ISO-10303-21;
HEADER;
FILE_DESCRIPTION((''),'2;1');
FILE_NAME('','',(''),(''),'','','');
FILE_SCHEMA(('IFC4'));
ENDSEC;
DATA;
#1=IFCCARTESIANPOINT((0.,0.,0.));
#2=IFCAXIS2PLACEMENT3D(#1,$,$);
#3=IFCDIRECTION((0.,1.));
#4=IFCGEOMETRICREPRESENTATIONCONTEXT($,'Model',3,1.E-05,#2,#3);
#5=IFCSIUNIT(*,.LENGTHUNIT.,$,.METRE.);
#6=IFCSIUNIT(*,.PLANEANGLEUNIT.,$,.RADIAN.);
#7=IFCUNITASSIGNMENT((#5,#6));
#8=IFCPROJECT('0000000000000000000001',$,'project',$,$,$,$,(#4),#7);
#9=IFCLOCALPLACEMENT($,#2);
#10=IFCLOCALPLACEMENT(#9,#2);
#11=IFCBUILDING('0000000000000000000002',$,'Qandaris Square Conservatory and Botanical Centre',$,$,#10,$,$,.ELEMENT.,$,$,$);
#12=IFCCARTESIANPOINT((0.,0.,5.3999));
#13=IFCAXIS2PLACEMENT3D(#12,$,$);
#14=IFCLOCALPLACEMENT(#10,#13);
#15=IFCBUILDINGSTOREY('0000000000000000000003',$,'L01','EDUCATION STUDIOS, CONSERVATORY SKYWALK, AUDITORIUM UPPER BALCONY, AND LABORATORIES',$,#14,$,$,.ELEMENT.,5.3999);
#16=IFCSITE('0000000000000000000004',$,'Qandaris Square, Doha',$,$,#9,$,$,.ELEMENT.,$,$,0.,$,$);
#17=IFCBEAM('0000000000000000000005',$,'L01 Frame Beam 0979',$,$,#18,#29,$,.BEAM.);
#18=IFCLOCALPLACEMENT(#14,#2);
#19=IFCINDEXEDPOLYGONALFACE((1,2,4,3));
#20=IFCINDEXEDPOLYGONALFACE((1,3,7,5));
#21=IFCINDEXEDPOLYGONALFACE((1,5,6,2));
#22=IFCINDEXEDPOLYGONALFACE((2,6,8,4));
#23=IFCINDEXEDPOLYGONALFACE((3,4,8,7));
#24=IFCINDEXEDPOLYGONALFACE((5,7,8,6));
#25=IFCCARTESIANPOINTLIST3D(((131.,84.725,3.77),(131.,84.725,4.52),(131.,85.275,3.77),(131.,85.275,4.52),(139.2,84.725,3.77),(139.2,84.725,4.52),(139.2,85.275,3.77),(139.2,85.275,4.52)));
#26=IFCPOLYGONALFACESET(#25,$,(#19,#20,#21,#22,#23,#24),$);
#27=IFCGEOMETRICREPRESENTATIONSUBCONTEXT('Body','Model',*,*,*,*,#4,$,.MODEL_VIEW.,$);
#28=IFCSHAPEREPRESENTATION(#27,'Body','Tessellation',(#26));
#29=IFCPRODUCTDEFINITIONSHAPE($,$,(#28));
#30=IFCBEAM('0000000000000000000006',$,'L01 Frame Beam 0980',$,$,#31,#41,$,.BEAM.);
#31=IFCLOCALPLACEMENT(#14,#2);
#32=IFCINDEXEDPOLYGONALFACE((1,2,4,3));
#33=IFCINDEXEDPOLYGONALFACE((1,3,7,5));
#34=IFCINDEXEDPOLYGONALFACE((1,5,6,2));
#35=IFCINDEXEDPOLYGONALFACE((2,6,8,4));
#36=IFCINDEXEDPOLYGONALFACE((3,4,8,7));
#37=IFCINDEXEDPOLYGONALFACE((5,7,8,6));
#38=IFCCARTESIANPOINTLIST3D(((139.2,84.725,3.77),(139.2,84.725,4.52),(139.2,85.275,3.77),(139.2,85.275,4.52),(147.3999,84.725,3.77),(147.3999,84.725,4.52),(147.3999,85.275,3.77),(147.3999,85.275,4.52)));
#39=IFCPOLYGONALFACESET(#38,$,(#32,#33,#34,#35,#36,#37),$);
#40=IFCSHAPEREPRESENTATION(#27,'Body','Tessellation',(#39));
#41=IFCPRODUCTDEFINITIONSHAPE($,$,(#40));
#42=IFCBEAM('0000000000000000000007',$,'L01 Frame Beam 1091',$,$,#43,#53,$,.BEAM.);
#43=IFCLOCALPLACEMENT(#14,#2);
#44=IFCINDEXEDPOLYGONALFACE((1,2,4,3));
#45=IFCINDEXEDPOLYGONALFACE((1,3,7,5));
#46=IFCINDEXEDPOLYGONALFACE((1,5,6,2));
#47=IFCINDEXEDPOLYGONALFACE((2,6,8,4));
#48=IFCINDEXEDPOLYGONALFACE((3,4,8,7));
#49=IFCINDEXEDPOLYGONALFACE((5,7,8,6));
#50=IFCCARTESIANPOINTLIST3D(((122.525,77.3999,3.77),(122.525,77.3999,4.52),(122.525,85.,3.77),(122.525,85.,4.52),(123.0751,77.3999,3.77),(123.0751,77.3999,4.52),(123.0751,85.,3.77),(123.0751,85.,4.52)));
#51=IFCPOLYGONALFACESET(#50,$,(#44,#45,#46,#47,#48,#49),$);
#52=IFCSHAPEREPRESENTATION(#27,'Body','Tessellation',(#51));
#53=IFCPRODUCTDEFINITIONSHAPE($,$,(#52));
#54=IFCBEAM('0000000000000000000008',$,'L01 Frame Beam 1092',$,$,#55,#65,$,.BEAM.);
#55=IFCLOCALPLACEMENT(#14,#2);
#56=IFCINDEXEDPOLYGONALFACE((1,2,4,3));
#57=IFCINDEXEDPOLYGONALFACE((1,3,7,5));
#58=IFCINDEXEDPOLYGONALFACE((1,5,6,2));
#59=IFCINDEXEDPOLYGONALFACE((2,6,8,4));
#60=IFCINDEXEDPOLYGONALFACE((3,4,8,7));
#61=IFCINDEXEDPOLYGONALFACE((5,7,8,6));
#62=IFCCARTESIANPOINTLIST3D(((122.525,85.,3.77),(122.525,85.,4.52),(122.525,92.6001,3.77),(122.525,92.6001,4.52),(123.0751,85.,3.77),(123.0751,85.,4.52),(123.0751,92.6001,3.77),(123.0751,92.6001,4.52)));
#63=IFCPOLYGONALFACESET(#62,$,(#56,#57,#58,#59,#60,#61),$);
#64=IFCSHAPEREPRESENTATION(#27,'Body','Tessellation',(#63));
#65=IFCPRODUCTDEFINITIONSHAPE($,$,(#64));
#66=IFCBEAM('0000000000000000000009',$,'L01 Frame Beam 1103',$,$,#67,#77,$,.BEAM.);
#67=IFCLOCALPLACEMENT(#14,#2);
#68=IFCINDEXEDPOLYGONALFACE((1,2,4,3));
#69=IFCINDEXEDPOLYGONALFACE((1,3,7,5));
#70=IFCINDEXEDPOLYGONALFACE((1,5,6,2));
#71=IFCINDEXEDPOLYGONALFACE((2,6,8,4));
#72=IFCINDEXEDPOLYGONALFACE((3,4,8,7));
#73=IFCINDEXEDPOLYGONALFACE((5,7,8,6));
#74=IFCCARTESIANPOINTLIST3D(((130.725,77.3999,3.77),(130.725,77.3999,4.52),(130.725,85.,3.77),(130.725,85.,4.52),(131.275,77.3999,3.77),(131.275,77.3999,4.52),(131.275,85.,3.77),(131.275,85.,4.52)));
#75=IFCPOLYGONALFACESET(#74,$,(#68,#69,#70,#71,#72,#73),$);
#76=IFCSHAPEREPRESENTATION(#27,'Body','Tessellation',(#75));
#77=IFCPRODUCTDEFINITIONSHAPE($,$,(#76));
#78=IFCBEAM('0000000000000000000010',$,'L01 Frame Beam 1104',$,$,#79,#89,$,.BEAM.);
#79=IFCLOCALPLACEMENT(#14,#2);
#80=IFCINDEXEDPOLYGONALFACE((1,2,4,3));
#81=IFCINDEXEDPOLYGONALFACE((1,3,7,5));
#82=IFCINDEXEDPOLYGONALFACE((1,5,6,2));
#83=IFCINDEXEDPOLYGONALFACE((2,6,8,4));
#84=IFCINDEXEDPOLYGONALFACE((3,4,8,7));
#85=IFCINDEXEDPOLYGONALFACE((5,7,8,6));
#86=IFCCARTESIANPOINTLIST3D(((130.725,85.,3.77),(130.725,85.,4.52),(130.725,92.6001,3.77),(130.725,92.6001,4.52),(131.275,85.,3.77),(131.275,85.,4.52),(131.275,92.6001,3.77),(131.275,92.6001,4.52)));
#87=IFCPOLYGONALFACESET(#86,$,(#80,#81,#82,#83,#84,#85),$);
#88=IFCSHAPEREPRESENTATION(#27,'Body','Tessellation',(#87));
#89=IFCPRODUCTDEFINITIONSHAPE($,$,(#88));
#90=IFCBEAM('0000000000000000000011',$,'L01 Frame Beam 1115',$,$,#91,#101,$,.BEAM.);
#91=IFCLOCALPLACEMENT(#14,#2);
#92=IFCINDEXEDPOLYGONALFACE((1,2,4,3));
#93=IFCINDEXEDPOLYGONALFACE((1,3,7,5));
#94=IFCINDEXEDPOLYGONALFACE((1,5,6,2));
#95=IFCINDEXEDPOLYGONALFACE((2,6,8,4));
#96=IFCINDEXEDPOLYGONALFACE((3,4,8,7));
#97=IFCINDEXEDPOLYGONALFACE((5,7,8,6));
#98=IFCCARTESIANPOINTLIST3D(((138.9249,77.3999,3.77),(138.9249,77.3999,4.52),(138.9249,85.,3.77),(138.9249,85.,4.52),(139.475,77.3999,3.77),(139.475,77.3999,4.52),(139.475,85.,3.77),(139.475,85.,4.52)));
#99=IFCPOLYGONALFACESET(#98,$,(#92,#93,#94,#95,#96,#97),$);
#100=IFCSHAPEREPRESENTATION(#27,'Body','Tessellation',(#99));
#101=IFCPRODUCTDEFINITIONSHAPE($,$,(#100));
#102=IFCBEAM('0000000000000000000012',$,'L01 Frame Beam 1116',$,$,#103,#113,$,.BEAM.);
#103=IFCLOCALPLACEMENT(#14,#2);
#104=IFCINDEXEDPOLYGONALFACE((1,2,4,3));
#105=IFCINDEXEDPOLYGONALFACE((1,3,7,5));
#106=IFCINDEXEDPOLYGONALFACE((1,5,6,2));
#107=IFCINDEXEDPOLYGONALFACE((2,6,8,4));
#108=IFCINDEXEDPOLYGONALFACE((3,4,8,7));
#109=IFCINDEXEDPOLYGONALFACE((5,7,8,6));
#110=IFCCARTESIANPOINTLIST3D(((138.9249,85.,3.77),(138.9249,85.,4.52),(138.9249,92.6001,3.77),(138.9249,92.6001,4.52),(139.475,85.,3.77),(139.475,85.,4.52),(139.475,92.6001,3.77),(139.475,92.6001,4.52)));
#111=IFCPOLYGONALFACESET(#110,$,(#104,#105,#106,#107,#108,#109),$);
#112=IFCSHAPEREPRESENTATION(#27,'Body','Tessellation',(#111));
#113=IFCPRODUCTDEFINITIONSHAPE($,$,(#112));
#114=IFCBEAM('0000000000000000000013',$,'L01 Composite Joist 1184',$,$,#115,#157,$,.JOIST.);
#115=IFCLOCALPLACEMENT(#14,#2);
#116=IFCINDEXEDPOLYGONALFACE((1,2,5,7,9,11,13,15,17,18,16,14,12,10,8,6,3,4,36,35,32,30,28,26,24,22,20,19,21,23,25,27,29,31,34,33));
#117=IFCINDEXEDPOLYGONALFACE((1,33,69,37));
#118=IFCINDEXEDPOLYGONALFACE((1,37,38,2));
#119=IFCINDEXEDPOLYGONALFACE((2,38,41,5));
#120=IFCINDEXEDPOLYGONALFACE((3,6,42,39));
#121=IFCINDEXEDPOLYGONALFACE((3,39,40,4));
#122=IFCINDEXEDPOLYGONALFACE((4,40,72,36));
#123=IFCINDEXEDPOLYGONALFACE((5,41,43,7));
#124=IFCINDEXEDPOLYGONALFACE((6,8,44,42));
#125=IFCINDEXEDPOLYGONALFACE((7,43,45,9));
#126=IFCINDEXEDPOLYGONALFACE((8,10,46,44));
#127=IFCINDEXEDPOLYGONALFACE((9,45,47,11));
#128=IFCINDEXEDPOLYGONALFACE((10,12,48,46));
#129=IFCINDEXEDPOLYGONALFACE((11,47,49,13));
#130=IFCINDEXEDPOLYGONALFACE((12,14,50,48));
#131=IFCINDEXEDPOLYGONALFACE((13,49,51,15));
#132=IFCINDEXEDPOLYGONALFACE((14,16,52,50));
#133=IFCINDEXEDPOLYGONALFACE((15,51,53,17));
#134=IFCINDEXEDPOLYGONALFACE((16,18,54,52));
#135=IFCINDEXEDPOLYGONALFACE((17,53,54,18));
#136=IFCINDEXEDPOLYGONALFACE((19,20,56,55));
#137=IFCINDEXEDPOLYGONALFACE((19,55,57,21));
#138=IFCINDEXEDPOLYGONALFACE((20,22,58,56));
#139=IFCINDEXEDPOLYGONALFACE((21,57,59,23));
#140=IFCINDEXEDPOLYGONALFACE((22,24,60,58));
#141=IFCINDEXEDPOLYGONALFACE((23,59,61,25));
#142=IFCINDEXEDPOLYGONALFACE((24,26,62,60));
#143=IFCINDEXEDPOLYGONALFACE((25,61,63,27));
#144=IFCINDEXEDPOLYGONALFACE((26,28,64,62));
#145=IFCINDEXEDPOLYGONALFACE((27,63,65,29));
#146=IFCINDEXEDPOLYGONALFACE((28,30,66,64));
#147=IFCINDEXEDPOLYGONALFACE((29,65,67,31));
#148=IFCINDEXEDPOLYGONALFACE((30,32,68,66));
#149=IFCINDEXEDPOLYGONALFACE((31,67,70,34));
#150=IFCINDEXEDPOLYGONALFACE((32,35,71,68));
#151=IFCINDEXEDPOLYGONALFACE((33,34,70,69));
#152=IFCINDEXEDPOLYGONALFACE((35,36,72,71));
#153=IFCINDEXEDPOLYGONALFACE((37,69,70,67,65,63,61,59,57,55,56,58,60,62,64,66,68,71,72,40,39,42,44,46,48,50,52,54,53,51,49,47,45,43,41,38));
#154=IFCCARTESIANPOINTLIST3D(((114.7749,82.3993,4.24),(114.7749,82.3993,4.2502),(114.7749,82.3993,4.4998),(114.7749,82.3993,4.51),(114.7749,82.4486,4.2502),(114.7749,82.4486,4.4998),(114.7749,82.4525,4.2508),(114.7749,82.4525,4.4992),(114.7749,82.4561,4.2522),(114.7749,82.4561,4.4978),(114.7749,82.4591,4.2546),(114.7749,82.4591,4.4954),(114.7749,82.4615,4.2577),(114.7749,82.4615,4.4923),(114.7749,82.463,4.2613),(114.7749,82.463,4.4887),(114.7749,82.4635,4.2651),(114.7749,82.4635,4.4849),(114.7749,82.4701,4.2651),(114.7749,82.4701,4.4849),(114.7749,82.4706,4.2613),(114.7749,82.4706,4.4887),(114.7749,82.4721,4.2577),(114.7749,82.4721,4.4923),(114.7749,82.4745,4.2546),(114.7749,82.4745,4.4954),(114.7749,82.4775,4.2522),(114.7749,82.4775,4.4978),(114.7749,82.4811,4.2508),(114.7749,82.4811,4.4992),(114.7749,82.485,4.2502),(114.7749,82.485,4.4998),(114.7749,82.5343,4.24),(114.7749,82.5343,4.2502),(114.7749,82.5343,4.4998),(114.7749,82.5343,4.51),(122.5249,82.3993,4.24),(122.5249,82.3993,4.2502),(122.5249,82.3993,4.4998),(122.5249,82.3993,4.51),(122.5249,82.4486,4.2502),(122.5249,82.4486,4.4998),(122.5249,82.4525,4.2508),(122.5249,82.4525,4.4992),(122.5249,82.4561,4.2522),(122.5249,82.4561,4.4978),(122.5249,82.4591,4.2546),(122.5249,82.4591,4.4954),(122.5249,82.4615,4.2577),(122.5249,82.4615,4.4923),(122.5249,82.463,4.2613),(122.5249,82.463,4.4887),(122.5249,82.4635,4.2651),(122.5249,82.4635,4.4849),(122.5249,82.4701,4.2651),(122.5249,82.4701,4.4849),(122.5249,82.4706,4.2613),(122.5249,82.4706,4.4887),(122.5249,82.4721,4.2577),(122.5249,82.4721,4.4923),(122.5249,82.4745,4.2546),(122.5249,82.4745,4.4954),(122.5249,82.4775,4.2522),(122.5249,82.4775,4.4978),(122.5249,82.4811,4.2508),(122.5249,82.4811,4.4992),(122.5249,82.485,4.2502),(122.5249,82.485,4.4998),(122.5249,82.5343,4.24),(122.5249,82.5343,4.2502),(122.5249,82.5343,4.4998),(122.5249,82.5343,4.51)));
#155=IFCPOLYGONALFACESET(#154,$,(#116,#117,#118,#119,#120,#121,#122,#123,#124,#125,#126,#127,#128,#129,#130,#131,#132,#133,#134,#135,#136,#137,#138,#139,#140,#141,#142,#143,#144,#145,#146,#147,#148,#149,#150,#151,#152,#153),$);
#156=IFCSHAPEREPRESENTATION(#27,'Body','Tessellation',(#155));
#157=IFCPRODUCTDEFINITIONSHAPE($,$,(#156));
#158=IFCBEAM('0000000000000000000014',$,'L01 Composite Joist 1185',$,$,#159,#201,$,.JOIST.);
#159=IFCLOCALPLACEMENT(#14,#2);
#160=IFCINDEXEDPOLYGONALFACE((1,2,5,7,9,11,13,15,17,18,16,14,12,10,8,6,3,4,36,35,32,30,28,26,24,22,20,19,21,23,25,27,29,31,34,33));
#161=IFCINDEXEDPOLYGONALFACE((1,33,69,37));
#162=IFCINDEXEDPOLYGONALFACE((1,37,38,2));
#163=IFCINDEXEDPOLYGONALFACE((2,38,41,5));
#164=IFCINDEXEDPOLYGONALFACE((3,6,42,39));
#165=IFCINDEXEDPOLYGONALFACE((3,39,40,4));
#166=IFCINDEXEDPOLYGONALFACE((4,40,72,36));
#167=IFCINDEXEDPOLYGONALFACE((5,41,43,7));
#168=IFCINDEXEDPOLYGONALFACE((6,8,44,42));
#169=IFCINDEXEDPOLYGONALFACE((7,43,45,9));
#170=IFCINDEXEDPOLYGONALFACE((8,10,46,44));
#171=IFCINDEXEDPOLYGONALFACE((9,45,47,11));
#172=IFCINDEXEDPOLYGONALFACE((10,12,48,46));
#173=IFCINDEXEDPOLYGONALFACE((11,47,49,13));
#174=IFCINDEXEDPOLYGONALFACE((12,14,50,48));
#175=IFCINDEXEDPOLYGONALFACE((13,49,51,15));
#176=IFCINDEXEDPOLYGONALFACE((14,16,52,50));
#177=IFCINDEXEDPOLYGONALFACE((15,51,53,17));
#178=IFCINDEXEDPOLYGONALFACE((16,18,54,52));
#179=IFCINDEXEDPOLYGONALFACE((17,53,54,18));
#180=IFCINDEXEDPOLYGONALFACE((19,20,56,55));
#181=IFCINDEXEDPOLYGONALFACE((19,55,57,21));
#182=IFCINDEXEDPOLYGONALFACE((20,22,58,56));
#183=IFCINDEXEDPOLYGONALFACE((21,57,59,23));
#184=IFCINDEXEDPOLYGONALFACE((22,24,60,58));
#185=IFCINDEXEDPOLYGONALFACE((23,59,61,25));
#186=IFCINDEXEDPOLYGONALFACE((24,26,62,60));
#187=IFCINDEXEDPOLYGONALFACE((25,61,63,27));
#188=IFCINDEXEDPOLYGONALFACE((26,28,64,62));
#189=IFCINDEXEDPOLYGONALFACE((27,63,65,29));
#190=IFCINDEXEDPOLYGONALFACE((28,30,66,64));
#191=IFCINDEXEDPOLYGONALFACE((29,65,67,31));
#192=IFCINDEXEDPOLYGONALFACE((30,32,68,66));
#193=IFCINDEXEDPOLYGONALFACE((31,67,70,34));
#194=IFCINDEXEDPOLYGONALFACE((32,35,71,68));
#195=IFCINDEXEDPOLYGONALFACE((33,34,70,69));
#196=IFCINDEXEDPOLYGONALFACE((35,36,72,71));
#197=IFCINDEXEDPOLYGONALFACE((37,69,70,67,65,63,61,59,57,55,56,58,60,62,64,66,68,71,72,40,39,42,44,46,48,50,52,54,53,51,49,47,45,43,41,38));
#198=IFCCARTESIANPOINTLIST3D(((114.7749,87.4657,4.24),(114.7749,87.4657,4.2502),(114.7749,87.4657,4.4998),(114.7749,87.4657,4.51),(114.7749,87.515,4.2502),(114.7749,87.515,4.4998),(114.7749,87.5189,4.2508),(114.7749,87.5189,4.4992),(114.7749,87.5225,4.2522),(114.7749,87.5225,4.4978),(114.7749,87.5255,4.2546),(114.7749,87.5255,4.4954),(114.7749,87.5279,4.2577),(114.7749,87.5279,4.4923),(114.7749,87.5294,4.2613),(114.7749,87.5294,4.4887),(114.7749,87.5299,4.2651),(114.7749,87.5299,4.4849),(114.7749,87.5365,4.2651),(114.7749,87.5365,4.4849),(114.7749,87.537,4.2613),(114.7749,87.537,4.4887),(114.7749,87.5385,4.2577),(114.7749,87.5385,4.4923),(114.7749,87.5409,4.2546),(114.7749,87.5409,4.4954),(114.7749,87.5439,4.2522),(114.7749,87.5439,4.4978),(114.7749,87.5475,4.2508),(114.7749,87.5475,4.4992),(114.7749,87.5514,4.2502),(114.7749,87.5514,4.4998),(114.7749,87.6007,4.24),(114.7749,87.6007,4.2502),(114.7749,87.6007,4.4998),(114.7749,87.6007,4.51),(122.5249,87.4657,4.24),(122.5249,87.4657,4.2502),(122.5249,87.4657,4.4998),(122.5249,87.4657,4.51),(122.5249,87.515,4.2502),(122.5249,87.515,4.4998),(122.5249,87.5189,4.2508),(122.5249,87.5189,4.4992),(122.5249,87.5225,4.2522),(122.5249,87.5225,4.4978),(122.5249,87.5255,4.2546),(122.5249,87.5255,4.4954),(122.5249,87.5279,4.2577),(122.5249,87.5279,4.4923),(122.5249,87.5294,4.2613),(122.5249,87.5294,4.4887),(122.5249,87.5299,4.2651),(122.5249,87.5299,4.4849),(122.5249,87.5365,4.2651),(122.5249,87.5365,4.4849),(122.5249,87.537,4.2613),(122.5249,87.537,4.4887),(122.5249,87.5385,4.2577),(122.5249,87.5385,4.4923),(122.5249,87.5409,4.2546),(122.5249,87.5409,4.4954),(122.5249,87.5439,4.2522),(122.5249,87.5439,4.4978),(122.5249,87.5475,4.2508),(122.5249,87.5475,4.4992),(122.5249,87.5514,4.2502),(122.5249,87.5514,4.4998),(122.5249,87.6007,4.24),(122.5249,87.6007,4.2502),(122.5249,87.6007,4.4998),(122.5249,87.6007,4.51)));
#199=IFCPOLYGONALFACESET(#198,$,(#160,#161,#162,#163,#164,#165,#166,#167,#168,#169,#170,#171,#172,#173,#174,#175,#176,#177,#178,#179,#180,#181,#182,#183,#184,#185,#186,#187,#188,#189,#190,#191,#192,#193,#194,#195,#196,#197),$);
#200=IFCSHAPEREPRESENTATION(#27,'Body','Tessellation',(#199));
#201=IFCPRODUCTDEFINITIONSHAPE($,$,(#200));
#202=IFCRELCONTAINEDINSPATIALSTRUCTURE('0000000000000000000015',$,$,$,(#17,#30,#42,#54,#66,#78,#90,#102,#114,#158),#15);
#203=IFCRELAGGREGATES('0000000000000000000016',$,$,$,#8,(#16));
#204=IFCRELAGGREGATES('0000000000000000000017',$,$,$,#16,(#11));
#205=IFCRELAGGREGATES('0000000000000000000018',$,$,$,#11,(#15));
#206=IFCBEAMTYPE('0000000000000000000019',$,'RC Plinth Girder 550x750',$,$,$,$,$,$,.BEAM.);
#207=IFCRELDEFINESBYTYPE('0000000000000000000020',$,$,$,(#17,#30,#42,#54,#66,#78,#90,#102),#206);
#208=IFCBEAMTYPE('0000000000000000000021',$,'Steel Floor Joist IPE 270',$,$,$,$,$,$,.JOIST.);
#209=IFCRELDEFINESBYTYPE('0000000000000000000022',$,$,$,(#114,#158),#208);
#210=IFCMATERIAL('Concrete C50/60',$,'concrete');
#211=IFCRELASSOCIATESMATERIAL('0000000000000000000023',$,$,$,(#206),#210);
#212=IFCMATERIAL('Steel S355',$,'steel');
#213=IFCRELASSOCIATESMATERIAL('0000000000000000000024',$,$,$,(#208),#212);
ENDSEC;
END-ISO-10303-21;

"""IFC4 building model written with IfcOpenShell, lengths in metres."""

from ifc_helpers import new_model, si_unit, direction, frame, origin, origin_2d, place, context, subcontext, project, spatial, rectangle, i_section, extrude, material, material_profile, profile_set, type_object, element, save


model = new_model("IFC4")

# Units and contexts
model_context = context("Model", 3, precision=1e-05, world=origin(), true_north=direction((0.0, 1.0)))
body_context = subcontext(model_context, "Body", "Model", "MODEL_VIEW")
ifc_project = project(units=[si_unit("LENGTHUNIT", "METRE"), si_unit("PLANEANGLEUNIT", "RADIAN")], contexts=[model_context])

# Site, building, storey
site_placement = place(None, origin())
site = spatial("IfcSite", under=ifc_project, at=site_placement, Name="Qandaris Square, Doha", CompositionType="ELEMENT", RefElevation=0.0)
building_placement = place(site_placement, origin())
building = spatial("IfcBuilding", under=site, at=building_placement, Name="Qandaris Square Conservatory and Botanical Centre", CompositionType="ELEMENT")
storey_placement = place(building_placement, frame((0.0, 0.0, 5.3999)))
storey = spatial("IfcBuildingStorey", under=building, at=storey_placement, Name="L01", Description="EDUCATION STUDIOS, CONSERVATORY SKYWALK, AUDITORIUM UPPER BALCONY, AND LABORATORIES", CompositionType="ELEMENT", Elevation=5.3999)

# Shared definitions
ifc_material_1 = material(Name="Concrete C50/60", Category="concrete")

# Beams
ifc_material_2 = material(Name="Steel S355", Category="steel")
ifc_material_profile_1 = material_profile(ifc_material_1, rectangle(XDim=0.55, YDim=0.75, at=origin_2d()), Name="RC-BM 550x750")
ifc_profile_set_1 = profile_set([ifc_material_profile_1], Name="Concrete C50/60")
beam_type_1 = type_object("IfcBeamType", Name="RC Plinth Girder 550x750", PredefinedType="BEAM", material=ifc_profile_set_1)
for number, where, z_axis, x_axis, name in (
    (1, (131.0, 85.0, 4.145), (1.0, 0.0, 0.0), (0.0, 1.0, 0.0), "L01 Frame Beam 0979"),
    (2, (139.2, 85.0, 4.145), (1.0, 0.0, 0.0), (0.0, 1.0, 0.0), "L01 Frame Beam 0980"),
):
    element("IfcBeam", number, at=place(storey_placement, frame(where, z_axis=z_axis, x_axis=x_axis)), inside=storey, type_object=beam_type_1, Name=name, PredefinedType="BEAM", context=body_context, shape_type="SweptSolid", body=[
        extrude(rectangle(XDim=0.55, YDim=0.75, at=origin_2d()), origin(), (0.0, 0.0, 1.0), 8.2),
    ])
for number, where, z_axis, x_axis, name in (
    (3, (122.8, 77.3999, 4.145), (0.0, 1.0, 0.0), (-1.0, 0.0, 0.0), "L01 Frame Beam 1091"),
    (4, (122.8, 85.0, 4.145), (0.0, 1.0, 0.0), (-1.0, 0.0, 0.0), "L01 Frame Beam 1092"),
    (5, (131.0, 77.3999, 4.145), (0.0, 1.0, 0.0), (-1.0, 0.0, 0.0), "L01 Frame Beam 1103"),
    (6, (131.0, 85.0, 4.145), (0.0, 1.0, 0.0), (-1.0, 0.0, 0.0), "L01 Frame Beam 1104"),
    (7, (139.2, 77.3999, 4.145), (0.0, 1.0, 0.0), (-1.0, 0.0, 0.0), "L01 Frame Beam 1115"),
    (8, (139.2, 85.0, 4.145), (0.0, 1.0, 0.0), (-1.0, 0.0, 0.0), "L01 Frame Beam 1116"),
):
    element("IfcBeam", number, at=place(storey_placement, frame(where, z_axis=z_axis, x_axis=x_axis)), inside=storey, type_object=beam_type_1, Name=name, PredefinedType="BEAM", context=body_context, shape_type="SweptSolid", body=[
        extrude(rectangle(XDim=0.55, YDim=0.75, at=origin_2d()), origin(), (0.0, 0.0, 1.0), 7.6001),
    ])
ifc_material_profile_2 = material_profile(ifc_material_2, i_section(OverallWidth=0.135, OverallDepth=0.27, WebThickness=0.0066, FlangeThickness=0.0103, FilletRadius=0.0149, at=origin_2d()), Name="IPE 270")
ifc_profile_set_2 = profile_set([ifc_material_profile_2], Name="Steel S355")
beam_type_2 = type_object("IfcBeamType", Name="Steel Floor Joist IPE 270", PredefinedType="JOIST", material=ifc_profile_set_2)
for number, where, z_axis, x_axis, name in (
    (9, (114.7749, 82.4668, 4.375), (1.0, 0.0, 0.0), (0.0, 1.0, 0.0), "L01 Composite Joist 1184"),
    (10, (114.7749, 87.5332, 4.375), (1.0, 0.0, 0.0), (0.0, 1.0, 0.0), "L01 Composite Joist 1185"),
):
    element("IfcBeam", number, at=place(storey_placement, frame(where, z_axis=z_axis, x_axis=x_axis)), inside=storey, type_object=beam_type_2, Name=name, PredefinedType="JOIST", context=body_context, shape_type="SweptSolid", body=[
        extrude(i_section(OverallWidth=0.135, OverallDepth=0.27, WebThickness=0.0066, FlangeThickness=0.0103, FilletRadius=0.0149, at=origin_2d()), origin(), (0.0, 0.0, 1.0), 7.75),
    ])

save(model, "model.ifc")
